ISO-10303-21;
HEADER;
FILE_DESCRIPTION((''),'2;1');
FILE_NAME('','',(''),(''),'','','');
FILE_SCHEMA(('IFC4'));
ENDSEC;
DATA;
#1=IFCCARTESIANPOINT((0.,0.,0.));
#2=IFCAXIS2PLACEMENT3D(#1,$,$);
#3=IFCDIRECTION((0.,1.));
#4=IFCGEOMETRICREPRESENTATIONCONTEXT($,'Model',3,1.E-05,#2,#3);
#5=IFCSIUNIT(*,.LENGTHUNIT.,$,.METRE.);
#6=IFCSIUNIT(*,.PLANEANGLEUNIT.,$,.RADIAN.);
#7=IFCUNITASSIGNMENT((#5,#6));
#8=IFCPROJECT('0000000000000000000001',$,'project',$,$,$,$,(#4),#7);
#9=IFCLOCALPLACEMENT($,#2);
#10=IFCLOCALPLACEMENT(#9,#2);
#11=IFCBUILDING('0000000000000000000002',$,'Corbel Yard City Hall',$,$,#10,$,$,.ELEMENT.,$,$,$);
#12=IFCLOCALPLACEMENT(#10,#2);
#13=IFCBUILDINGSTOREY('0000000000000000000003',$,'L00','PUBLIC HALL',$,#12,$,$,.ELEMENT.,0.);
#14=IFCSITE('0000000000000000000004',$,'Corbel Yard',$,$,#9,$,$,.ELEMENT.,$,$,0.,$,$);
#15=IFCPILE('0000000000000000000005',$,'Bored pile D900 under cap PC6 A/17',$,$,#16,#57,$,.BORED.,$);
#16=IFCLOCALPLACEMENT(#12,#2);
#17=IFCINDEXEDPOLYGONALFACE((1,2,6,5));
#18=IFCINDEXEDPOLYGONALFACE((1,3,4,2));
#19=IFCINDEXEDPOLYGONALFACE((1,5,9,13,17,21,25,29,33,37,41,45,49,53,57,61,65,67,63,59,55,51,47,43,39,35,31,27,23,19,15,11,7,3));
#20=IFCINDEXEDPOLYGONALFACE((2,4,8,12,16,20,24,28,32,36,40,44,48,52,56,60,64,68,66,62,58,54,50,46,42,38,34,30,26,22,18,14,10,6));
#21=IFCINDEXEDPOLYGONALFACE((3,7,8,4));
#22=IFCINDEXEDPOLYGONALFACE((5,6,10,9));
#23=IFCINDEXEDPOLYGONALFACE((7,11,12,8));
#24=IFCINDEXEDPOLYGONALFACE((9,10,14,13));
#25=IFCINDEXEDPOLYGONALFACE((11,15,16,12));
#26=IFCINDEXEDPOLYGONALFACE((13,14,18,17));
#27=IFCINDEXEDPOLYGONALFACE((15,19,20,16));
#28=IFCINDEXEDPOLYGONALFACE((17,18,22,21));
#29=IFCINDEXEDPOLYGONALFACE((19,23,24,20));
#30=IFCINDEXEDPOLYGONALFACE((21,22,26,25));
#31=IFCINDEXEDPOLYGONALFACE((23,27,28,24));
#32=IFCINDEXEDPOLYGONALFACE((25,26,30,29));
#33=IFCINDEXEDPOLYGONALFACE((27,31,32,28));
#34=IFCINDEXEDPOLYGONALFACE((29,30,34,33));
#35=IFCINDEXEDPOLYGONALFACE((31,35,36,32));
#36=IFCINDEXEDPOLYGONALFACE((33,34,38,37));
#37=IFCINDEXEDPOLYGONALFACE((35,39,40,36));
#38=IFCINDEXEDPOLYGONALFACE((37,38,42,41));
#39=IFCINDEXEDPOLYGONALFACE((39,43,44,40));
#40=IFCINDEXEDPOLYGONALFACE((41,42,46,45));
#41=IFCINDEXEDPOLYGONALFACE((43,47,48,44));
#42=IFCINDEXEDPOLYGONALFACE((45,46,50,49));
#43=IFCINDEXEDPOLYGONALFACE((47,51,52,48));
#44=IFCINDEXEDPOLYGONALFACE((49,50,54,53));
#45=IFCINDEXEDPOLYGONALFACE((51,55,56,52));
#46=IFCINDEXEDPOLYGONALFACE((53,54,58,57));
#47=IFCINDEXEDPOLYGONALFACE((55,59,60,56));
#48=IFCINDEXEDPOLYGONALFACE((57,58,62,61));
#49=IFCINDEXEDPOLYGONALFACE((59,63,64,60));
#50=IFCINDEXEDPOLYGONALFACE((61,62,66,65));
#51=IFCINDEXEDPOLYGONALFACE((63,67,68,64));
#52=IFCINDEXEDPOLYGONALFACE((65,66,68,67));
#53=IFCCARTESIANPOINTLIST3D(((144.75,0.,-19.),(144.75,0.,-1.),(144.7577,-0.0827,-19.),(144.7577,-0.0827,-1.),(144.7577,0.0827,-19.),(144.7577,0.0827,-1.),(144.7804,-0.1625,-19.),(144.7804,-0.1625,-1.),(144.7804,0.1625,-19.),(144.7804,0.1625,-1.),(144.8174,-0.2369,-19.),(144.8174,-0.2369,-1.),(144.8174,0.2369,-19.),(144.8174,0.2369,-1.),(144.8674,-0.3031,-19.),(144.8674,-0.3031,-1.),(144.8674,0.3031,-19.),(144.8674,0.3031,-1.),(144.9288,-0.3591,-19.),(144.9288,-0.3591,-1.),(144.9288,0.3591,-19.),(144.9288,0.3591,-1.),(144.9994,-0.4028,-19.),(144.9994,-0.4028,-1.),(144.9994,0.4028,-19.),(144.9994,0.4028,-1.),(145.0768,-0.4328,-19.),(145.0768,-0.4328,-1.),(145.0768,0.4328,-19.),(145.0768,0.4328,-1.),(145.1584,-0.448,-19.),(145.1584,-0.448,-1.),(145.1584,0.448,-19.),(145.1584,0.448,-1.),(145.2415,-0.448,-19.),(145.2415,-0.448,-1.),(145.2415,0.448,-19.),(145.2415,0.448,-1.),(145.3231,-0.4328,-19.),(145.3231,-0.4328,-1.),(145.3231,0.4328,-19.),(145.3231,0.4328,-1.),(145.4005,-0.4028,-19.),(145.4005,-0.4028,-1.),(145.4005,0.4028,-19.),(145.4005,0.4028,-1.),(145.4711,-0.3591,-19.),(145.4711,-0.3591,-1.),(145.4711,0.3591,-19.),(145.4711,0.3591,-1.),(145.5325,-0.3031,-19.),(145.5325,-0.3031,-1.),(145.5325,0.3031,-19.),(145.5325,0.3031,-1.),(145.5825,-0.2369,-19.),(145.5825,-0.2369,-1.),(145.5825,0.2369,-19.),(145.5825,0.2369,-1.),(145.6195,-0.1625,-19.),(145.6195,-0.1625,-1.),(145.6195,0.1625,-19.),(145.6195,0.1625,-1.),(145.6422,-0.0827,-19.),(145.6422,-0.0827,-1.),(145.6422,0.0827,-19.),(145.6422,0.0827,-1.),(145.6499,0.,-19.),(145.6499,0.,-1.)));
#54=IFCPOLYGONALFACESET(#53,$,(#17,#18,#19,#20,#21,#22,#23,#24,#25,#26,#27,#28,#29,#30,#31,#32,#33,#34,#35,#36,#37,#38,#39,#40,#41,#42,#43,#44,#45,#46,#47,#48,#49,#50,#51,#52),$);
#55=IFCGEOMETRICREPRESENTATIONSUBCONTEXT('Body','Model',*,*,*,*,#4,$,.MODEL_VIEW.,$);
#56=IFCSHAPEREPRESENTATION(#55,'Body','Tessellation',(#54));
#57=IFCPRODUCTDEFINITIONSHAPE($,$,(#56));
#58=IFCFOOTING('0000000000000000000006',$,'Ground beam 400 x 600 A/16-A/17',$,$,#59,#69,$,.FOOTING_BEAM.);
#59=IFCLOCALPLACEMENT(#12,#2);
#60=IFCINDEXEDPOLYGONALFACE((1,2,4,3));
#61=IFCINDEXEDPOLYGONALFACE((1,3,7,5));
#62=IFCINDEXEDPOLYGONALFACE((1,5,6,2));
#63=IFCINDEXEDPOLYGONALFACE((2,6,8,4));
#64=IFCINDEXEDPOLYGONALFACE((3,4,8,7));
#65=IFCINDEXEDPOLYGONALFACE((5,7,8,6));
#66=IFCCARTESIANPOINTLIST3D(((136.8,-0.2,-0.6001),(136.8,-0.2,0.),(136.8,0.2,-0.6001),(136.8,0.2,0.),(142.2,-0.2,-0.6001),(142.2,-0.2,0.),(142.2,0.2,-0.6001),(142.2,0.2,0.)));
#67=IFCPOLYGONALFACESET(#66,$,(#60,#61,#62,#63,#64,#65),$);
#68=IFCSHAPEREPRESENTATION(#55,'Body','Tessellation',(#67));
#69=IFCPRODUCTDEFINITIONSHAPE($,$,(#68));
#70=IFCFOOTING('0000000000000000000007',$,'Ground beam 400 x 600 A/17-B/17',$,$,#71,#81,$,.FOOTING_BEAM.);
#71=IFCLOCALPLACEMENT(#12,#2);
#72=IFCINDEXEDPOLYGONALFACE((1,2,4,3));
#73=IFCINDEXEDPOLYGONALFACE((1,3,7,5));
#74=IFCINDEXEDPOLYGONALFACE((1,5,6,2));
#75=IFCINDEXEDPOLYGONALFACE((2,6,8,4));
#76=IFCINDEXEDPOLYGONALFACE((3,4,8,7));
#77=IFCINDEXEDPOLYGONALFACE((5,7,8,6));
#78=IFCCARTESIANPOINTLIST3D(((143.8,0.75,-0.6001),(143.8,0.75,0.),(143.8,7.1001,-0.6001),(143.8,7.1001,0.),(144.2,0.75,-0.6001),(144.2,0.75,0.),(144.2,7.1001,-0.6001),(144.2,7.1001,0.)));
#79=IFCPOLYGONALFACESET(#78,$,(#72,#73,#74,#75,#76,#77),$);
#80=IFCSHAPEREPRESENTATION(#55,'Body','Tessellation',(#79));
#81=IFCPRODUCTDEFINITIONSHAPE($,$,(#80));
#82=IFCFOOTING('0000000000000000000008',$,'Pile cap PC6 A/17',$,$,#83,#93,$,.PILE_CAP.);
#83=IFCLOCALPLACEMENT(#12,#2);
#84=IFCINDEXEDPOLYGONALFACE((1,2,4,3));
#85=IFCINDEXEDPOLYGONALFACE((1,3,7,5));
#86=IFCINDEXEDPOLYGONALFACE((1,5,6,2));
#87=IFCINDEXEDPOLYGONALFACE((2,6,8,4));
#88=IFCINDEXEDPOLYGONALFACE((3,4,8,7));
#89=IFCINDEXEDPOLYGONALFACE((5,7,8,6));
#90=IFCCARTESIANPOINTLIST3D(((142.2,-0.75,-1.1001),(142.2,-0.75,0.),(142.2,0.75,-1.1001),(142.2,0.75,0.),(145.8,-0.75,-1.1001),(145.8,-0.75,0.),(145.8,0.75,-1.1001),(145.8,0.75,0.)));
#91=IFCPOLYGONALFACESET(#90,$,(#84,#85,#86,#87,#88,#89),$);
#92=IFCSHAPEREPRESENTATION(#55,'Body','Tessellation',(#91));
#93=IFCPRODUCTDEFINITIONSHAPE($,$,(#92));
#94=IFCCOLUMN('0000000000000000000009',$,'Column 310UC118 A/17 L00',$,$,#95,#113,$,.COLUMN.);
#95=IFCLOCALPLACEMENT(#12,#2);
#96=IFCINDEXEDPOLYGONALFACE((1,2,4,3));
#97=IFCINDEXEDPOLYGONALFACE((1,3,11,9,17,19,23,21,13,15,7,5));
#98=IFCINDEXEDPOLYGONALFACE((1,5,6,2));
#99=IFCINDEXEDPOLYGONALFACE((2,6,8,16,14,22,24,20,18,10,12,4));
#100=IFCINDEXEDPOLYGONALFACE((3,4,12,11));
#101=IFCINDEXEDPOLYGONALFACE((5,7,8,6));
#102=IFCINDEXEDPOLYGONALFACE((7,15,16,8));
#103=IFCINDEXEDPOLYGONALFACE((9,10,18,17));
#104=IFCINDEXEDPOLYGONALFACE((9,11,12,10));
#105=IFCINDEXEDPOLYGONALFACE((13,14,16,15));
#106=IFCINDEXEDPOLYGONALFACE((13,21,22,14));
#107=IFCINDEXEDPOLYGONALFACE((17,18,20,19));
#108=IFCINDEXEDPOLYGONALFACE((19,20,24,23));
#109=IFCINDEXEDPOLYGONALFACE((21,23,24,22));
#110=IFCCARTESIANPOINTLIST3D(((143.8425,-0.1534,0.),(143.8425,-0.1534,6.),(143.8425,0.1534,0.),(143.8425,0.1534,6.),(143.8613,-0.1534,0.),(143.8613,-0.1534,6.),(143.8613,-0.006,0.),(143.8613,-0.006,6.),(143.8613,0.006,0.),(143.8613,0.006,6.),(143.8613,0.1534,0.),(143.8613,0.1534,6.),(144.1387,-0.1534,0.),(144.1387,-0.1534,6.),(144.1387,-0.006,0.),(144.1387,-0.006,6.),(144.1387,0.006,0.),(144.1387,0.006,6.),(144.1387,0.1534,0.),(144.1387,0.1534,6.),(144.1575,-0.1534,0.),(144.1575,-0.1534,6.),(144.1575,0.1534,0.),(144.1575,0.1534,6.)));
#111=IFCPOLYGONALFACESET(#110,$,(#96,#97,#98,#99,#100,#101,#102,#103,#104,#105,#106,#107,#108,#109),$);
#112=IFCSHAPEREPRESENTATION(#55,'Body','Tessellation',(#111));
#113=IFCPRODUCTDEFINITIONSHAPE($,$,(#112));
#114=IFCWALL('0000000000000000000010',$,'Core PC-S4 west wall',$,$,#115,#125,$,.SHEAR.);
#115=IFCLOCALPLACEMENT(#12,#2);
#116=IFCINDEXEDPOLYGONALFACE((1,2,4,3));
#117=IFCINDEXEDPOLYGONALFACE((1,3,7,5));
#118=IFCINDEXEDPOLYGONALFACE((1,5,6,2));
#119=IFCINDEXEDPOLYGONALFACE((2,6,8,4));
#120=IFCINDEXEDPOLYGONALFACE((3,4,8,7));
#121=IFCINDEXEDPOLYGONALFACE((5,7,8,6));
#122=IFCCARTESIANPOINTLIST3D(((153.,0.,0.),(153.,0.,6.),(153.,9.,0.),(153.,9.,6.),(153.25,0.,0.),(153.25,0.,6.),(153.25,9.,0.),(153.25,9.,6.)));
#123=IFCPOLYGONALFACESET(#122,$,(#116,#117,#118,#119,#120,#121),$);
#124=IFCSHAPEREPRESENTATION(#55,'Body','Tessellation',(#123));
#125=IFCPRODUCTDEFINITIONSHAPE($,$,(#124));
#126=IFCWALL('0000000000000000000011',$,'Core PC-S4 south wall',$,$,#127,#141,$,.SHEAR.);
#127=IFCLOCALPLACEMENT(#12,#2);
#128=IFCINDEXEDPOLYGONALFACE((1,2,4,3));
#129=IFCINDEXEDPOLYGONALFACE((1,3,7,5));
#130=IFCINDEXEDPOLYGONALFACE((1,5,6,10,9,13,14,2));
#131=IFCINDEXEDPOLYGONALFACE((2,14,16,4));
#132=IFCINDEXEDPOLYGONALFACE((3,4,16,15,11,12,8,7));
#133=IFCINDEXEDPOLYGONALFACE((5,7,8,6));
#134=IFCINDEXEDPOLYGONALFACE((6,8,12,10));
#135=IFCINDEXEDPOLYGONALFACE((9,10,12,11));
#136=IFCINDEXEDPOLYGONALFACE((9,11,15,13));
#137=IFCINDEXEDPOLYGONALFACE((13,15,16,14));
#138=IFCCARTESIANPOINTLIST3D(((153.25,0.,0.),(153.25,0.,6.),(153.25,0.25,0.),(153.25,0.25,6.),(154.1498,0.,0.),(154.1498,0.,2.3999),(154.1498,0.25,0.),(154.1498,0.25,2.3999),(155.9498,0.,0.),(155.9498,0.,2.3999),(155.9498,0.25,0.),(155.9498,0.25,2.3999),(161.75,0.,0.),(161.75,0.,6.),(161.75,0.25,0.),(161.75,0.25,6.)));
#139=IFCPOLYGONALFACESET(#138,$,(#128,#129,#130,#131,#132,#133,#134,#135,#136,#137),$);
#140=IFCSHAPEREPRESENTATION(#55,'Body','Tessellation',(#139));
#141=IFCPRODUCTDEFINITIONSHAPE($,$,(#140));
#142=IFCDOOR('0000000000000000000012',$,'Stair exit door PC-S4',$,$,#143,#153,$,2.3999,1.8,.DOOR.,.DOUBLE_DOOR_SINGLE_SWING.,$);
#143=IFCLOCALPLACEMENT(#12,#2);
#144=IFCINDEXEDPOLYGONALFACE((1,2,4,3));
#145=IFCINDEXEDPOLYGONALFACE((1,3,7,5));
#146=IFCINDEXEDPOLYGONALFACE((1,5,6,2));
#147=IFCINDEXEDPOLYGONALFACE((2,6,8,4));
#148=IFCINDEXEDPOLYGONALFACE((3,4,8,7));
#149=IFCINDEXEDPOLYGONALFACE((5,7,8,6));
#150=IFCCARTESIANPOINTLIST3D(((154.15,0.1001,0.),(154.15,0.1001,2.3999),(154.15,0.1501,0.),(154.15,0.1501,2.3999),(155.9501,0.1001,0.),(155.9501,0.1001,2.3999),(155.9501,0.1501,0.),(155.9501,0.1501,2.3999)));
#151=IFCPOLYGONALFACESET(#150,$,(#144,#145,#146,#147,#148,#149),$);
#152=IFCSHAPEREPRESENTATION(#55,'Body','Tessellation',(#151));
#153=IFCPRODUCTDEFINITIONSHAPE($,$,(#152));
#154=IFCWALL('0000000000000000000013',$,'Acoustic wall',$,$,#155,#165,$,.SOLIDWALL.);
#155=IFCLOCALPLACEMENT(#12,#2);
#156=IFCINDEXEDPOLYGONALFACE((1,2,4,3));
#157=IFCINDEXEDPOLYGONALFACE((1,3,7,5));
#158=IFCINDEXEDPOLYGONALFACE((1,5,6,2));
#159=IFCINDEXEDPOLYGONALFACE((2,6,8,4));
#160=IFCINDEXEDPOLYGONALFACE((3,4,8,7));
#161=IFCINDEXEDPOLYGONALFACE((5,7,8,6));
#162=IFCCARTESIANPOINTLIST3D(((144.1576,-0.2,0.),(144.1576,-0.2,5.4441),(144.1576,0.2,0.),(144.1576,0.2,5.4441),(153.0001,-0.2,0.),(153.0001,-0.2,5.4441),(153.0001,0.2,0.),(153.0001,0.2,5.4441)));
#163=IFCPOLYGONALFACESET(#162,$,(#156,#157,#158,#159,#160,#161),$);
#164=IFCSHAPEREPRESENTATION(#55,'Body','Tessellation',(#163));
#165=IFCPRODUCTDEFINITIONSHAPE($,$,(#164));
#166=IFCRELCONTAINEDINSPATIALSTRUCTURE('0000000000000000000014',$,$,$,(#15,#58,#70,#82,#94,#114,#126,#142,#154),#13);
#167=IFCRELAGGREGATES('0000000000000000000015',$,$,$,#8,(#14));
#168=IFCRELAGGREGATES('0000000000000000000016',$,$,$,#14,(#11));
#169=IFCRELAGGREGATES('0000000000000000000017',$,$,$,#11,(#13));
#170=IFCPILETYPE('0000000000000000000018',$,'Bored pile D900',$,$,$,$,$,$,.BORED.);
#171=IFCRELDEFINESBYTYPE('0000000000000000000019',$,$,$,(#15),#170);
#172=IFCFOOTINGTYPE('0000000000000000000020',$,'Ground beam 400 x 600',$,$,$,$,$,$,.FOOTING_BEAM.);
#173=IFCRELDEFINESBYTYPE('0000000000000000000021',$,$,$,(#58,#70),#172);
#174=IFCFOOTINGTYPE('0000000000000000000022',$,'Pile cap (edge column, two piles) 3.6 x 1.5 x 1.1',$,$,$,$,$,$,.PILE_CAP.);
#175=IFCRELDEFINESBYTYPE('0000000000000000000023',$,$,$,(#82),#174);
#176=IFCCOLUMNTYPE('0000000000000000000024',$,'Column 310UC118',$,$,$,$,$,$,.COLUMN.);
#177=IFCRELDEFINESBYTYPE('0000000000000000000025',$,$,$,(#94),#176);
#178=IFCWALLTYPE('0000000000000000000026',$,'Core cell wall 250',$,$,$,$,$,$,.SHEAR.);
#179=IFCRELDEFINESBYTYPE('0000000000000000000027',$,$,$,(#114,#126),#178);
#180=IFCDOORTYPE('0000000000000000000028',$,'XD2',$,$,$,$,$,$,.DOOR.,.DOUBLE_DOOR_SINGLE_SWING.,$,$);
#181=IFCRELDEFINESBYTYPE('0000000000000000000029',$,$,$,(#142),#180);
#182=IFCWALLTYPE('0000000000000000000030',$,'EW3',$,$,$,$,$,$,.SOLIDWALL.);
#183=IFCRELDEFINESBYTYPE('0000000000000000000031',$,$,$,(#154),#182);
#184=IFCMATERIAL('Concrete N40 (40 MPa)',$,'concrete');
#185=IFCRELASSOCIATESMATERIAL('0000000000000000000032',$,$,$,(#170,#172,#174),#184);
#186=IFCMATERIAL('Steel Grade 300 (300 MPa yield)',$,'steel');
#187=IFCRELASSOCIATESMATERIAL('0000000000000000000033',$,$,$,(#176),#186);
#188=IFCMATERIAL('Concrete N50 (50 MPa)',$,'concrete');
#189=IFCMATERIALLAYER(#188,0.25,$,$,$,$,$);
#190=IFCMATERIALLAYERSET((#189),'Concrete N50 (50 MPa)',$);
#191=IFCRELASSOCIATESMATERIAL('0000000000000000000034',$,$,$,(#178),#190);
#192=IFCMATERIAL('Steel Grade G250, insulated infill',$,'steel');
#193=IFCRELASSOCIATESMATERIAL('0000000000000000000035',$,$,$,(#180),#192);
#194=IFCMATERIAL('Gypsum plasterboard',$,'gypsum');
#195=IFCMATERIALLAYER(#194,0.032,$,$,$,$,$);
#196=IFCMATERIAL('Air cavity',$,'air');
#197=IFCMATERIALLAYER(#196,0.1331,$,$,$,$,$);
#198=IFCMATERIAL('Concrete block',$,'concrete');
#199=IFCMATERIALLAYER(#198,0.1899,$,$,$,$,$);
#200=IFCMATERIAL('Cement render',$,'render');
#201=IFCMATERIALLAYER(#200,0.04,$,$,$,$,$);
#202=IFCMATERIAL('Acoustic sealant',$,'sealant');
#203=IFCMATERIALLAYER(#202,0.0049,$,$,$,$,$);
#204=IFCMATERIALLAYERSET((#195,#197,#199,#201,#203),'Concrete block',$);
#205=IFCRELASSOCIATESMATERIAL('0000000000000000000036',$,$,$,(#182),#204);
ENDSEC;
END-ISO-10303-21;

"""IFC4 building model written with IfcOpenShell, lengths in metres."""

from ifc_helpers import new_model, si_unit, direction, frame, frame_2d, origin, origin_2d, place, context, subcontext, project, spatial, rectangle, circle, i_section, extrude, material, layer, layer_set, material_profile, profile_set, type_object, element, fill, save


model = new_model("IFC4")

# Units and contexts
model_context = context("Model", 3, precision=1e-05, world=origin(), true_north=direction((0.0, 1.0)))
body_context = subcontext(model_context, "Body", "Model", "MODEL_VIEW")
ifc_project = project(units=[si_unit("LENGTHUNIT", "METRE"), si_unit("PLANEANGLEUNIT", "RADIAN")], contexts=[model_context])

# Site, building, storey
site_placement = place(None, origin())
site = spatial("IfcSite", under=ifc_project, at=site_placement, Name="Corbel Yard", CompositionType="ELEMENT", RefElevation=0.0)
building_placement = place(site_placement, origin())
building = spatial("IfcBuilding", under=site, at=building_placement, Name="Corbel Yard City Hall", CompositionType="ELEMENT")
storey_placement = place(building_placement, origin())
storey = spatial("IfcBuildingStorey", under=building, at=storey_placement, Name="L00", Description="PUBLIC HALL", CompositionType="ELEMENT", Elevation=0.0)

# Pile
ifc_material_1 = material(Name="Concrete N40 (40 MPa)", Category="concrete")
ifc_material_profile_1 = material_profile(ifc_material_1, circle(Radius=0.45, at=origin_2d()), Name="D900")
ifc_profile_set_1 = profile_set([ifc_material_profile_1], Name="Concrete N40 (40 MPa)")
pile_type_1 = type_object("IfcPileType", Name="Bored pile D900", PredefinedType="BORED", material=ifc_profile_set_1)
for number, where, z_axis, x_axis, name in (
    (1, (145.2, 0.0, -1.0), (0.0, 0.0, -1.0), (1.0, 0.0, 0.0), "Bored pile D900 under cap PC6 A/17"),
):
    element("IfcPile", number, at=place(storey_placement, frame(where, z_axis=z_axis, x_axis=x_axis)), inside=storey, type_object=pile_type_1, Name=name, PredefinedType="BORED", context=body_context, shape_type="SweptSolid", body=[
        extrude(circle(Radius=0.45, at=origin_2d()), origin(), (0.0, 0.0, 1.0), 18.0),
    ])

# Footings
footing_type_1 = type_object("IfcFootingType", Name="Ground beam 400 x 600", PredefinedType="FOOTING_BEAM", material=ifc_material_1)
footing_1_placement = place(storey_placement, frame((139.5, 0.0, -0.6001), z_axis=(0.0, 0.0, 1.0), x_axis=(1.0, 0.0, 0.0)))
element("IfcFooting", 2, at=footing_1_placement, inside=storey, type_object=footing_type_1, Name="Ground beam 400 x 600 A/16-A/17", PredefinedType="FOOTING_BEAM", context=body_context, shape_type="SweptSolid", body=[
    extrude(rectangle(XDim=5.3999, YDim=0.3999, at=origin_2d()), origin(), (0.0, 0.0, 1.0), 0.6001),
])
footing_2_placement = place(storey_placement, frame((144.0, 3.925, -0.6001), z_axis=(0.0, 0.0, 1.0), x_axis=(1.0, 0.0, 0.0)))
element("IfcFooting", 3, at=footing_2_placement, inside=storey, type_object=footing_type_1, Name="Ground beam 400 x 600 A/17-B/17", PredefinedType="FOOTING_BEAM", context=body_context, shape_type="SweptSolid", body=[
    extrude(rectangle(XDim=0.3999, YDim=6.3501, at=origin_2d()), origin(), (0.0, 0.0, 1.0), 0.6001),
])
footing_type_2 = type_object("IfcFootingType", Name="Pile cap (edge column, two piles) 3.6 x 1.5 x 1.1", PredefinedType="PILE_CAP", material=ifc_material_1)
footing_3_placement = place(storey_placement, frame((144.0, 0.0, -1.1001), z_axis=(0.0, 0.0, 1.0), x_axis=(1.0, 0.0, 0.0)))
element("IfcFooting", 4, at=footing_3_placement, inside=storey, type_object=footing_type_2, Name="Pile cap PC6 A/17", PredefinedType="PILE_CAP", context=body_context, shape_type="SweptSolid", body=[
    extrude(rectangle(XDim=3.6001, YDim=1.5, at=origin_2d()), origin(), (0.0, 0.0, 1.0), 1.1001),
])

# Column
ifc_material_2 = material(Name="Steel Grade 300 (300 MPa yield)", Category="steel")
ifc_material_profile_2 = material_profile(ifc_material_2, i_section(OverallWidth=0.3069, OverallDepth=0.3149, WebThickness=0.012, FlangeThickness=0.0188, at=origin_2d()), Name="310UC118")
ifc_profile_set_2 = profile_set([ifc_material_profile_2], Name="Steel Grade 300 (300 MPa yield)")
column_type = type_object("IfcColumnType", Name="Column 310UC118", PredefinedType="COLUMN", material=ifc_profile_set_2)
column_placement = place(storey_placement, frame((144.0, 0.0, 0.0), z_axis=(0.0, 0.0, 1.0), x_axis=(0.0, 1.0, 0.0)))
element("IfcColumn", 5, at=column_placement, inside=storey, type_object=column_type, Name="Column 310UC118 A/17 L00", PredefinedType="COLUMN", context=body_context, shape_type="SweptSolid", body=[
    extrude(i_section(OverallWidth=0.3069, OverallDepth=0.3149, WebThickness=0.012, FlangeThickness=0.0188, at=origin_2d()), origin(), (0.0, 0.0, 1.0), 6.0),
])

# Wall
ifc_material_3 = material(Name="Concrete N50 (50 MPa)", Category="concrete")
ifc_layer_1 = layer(ifc_material_3, 0.25)
ifc_layer_set_1 = layer_set([ifc_layer_1], Name="Concrete N50 (50 MPa)")
wall_type_1 = type_object("IfcWallType", Name="Core cell wall 250", PredefinedType="SHEAR", material=ifc_layer_set_1)
wall_1_placement = place(storey_placement, frame((153.125, 0.0, 0.0), z_axis=(0.0, 0.0, 1.0), x_axis=(0.0, 1.0, 0.0)))
element("IfcWall", 6, at=wall_1_placement, inside=storey, type_object=wall_type_1, Name="Core PC-S4 west wall", PredefinedType="SHEAR", context=body_context, shape_type="SweptSolid", body=[
    extrude(rectangle(XDim=9.0, YDim=0.25, at=frame_2d((4.5, 0.0))), origin(), (0.0, 0.0, 1.0), 6.0),
])

# Wall, opening, door
wall_2_placement = place(storey_placement, frame((153.25, 0.125, 0.0), z_axis=(0.0, 0.0, 1.0), x_axis=(1.0, 0.0, 0.0)))
wall_2 = element("IfcWall", 7, at=wall_2_placement, inside=storey, type_object=wall_type_1, Name="Core PC-S4 south wall", PredefinedType="SHEAR", context=body_context, shape_type="SweptSolid", body=[
    extrude(rectangle(XDim=8.5, YDim=0.25, at=frame_2d((4.25, 0.0))), origin(), (0.0, 0.0, 1.0), 6.0),
])
opening_1_placement = place(wall_2_placement, frame((0.8999, 0.0, 0.0)))
opening_1 = element("IfcOpeningElement", 8, at=opening_1_placement, cuts=wall_2, PredefinedType="OPENING", context=body_context, shape_type="SweptSolid", body=[
    extrude(rectangle(XDim=1.8, YDim=2.3999, at=frame_2d((0.8999, 1.2))), frame((0.0, 0.135, 0.0), z_axis=(0.0, -1.0, 0.0), x_axis=(1.0, 0.0, 0.0)), (0.0, 0.0, 1.0), 0.27),
])
ifc_material_4 = material(Name="Steel Grade G250, insulated infill", Category="steel")
door_type_1 = type_object("IfcDoorType", Name="XD2", OperationType="DOUBLE_DOOR_SINGLE_SWING", PredefinedType="DOOR", material=ifc_material_4)
door_1_placement = place(opening_1_placement, frame((1.8, 0.0, 0.0), z_axis=(0.0, 0.0, 1.0), x_axis=(-1.0, 0.0, 0.0)))
door_1 = element("IfcDoor", 9, at=door_1_placement, inside=storey, type_object=door_type_1, Name="Stair exit door PC-S4", OperationType="DOUBLE_DOOR_SINGLE_SWING", OverallHeight=2.3999, OverallWidth=1.8, PredefinedType="DOOR", context=body_context, shape_type="SweptSolid", body=[
    extrude(rectangle(XDim=1.8, YDim=2.3999, at=frame_2d((0.8999, 1.2))), frame((0.0, 0.0249, 0.0), z_axis=(0.0, -1.0, 0.0), x_axis=(1.0, 0.0, 0.0)), (0.0, 0.0, 1.0), 0.05),
])
fill(opening_1, door_1)

# Wall
ifc_material_5 = material(Name="Gypsum plasterboard", Category="gypsum")
ifc_layer_2 = layer(ifc_material_5, 0.032)
ifc_material_6 = material(Name="Air cavity", Category="air")
ifc_layer_3 = layer(ifc_material_6, 0.1331)
ifc_material_7 = material(Name="Concrete block", Category="concrete")
ifc_layer_4 = layer(ifc_material_7, 0.1899)
ifc_material_8 = material(Name="Cement render", Category="render")
ifc_layer_5 = layer(ifc_material_8, 0.04)
ifc_material_9 = material(Name="Acoustic sealant", Category="sealant")
ifc_layer_6 = layer(ifc_material_9, 0.0049)
ifc_layer_set_2 = layer_set([ifc_layer_2, ifc_layer_3, ifc_layer_4, ifc_layer_5, ifc_layer_6], Name="Concrete block")
wall_type_2 = type_object("IfcWallType", Name="EW3", PredefinedType="SOLIDWALL", material=ifc_layer_set_2)
wall_3_placement = place(storey_placement, frame((144.1575, 0.0, 0.0), z_axis=(0.0, 0.0, 1.0), x_axis=(1.0, 0.0, 0.0)))
element("IfcWall", 10, at=wall_3_placement, inside=storey, type_object=wall_type_2, Name="Acoustic wall", PredefinedType="SOLIDWALL", context=body_context, shape_type="SweptSolid", body=[
    extrude(rectangle(XDim=8.8425, YDim=0.3999, at=frame_2d((4.4214, 0.0))), origin(), (0.0, 0.0, 1.0), 5.4441),
])

save(model, "model.ifc")
